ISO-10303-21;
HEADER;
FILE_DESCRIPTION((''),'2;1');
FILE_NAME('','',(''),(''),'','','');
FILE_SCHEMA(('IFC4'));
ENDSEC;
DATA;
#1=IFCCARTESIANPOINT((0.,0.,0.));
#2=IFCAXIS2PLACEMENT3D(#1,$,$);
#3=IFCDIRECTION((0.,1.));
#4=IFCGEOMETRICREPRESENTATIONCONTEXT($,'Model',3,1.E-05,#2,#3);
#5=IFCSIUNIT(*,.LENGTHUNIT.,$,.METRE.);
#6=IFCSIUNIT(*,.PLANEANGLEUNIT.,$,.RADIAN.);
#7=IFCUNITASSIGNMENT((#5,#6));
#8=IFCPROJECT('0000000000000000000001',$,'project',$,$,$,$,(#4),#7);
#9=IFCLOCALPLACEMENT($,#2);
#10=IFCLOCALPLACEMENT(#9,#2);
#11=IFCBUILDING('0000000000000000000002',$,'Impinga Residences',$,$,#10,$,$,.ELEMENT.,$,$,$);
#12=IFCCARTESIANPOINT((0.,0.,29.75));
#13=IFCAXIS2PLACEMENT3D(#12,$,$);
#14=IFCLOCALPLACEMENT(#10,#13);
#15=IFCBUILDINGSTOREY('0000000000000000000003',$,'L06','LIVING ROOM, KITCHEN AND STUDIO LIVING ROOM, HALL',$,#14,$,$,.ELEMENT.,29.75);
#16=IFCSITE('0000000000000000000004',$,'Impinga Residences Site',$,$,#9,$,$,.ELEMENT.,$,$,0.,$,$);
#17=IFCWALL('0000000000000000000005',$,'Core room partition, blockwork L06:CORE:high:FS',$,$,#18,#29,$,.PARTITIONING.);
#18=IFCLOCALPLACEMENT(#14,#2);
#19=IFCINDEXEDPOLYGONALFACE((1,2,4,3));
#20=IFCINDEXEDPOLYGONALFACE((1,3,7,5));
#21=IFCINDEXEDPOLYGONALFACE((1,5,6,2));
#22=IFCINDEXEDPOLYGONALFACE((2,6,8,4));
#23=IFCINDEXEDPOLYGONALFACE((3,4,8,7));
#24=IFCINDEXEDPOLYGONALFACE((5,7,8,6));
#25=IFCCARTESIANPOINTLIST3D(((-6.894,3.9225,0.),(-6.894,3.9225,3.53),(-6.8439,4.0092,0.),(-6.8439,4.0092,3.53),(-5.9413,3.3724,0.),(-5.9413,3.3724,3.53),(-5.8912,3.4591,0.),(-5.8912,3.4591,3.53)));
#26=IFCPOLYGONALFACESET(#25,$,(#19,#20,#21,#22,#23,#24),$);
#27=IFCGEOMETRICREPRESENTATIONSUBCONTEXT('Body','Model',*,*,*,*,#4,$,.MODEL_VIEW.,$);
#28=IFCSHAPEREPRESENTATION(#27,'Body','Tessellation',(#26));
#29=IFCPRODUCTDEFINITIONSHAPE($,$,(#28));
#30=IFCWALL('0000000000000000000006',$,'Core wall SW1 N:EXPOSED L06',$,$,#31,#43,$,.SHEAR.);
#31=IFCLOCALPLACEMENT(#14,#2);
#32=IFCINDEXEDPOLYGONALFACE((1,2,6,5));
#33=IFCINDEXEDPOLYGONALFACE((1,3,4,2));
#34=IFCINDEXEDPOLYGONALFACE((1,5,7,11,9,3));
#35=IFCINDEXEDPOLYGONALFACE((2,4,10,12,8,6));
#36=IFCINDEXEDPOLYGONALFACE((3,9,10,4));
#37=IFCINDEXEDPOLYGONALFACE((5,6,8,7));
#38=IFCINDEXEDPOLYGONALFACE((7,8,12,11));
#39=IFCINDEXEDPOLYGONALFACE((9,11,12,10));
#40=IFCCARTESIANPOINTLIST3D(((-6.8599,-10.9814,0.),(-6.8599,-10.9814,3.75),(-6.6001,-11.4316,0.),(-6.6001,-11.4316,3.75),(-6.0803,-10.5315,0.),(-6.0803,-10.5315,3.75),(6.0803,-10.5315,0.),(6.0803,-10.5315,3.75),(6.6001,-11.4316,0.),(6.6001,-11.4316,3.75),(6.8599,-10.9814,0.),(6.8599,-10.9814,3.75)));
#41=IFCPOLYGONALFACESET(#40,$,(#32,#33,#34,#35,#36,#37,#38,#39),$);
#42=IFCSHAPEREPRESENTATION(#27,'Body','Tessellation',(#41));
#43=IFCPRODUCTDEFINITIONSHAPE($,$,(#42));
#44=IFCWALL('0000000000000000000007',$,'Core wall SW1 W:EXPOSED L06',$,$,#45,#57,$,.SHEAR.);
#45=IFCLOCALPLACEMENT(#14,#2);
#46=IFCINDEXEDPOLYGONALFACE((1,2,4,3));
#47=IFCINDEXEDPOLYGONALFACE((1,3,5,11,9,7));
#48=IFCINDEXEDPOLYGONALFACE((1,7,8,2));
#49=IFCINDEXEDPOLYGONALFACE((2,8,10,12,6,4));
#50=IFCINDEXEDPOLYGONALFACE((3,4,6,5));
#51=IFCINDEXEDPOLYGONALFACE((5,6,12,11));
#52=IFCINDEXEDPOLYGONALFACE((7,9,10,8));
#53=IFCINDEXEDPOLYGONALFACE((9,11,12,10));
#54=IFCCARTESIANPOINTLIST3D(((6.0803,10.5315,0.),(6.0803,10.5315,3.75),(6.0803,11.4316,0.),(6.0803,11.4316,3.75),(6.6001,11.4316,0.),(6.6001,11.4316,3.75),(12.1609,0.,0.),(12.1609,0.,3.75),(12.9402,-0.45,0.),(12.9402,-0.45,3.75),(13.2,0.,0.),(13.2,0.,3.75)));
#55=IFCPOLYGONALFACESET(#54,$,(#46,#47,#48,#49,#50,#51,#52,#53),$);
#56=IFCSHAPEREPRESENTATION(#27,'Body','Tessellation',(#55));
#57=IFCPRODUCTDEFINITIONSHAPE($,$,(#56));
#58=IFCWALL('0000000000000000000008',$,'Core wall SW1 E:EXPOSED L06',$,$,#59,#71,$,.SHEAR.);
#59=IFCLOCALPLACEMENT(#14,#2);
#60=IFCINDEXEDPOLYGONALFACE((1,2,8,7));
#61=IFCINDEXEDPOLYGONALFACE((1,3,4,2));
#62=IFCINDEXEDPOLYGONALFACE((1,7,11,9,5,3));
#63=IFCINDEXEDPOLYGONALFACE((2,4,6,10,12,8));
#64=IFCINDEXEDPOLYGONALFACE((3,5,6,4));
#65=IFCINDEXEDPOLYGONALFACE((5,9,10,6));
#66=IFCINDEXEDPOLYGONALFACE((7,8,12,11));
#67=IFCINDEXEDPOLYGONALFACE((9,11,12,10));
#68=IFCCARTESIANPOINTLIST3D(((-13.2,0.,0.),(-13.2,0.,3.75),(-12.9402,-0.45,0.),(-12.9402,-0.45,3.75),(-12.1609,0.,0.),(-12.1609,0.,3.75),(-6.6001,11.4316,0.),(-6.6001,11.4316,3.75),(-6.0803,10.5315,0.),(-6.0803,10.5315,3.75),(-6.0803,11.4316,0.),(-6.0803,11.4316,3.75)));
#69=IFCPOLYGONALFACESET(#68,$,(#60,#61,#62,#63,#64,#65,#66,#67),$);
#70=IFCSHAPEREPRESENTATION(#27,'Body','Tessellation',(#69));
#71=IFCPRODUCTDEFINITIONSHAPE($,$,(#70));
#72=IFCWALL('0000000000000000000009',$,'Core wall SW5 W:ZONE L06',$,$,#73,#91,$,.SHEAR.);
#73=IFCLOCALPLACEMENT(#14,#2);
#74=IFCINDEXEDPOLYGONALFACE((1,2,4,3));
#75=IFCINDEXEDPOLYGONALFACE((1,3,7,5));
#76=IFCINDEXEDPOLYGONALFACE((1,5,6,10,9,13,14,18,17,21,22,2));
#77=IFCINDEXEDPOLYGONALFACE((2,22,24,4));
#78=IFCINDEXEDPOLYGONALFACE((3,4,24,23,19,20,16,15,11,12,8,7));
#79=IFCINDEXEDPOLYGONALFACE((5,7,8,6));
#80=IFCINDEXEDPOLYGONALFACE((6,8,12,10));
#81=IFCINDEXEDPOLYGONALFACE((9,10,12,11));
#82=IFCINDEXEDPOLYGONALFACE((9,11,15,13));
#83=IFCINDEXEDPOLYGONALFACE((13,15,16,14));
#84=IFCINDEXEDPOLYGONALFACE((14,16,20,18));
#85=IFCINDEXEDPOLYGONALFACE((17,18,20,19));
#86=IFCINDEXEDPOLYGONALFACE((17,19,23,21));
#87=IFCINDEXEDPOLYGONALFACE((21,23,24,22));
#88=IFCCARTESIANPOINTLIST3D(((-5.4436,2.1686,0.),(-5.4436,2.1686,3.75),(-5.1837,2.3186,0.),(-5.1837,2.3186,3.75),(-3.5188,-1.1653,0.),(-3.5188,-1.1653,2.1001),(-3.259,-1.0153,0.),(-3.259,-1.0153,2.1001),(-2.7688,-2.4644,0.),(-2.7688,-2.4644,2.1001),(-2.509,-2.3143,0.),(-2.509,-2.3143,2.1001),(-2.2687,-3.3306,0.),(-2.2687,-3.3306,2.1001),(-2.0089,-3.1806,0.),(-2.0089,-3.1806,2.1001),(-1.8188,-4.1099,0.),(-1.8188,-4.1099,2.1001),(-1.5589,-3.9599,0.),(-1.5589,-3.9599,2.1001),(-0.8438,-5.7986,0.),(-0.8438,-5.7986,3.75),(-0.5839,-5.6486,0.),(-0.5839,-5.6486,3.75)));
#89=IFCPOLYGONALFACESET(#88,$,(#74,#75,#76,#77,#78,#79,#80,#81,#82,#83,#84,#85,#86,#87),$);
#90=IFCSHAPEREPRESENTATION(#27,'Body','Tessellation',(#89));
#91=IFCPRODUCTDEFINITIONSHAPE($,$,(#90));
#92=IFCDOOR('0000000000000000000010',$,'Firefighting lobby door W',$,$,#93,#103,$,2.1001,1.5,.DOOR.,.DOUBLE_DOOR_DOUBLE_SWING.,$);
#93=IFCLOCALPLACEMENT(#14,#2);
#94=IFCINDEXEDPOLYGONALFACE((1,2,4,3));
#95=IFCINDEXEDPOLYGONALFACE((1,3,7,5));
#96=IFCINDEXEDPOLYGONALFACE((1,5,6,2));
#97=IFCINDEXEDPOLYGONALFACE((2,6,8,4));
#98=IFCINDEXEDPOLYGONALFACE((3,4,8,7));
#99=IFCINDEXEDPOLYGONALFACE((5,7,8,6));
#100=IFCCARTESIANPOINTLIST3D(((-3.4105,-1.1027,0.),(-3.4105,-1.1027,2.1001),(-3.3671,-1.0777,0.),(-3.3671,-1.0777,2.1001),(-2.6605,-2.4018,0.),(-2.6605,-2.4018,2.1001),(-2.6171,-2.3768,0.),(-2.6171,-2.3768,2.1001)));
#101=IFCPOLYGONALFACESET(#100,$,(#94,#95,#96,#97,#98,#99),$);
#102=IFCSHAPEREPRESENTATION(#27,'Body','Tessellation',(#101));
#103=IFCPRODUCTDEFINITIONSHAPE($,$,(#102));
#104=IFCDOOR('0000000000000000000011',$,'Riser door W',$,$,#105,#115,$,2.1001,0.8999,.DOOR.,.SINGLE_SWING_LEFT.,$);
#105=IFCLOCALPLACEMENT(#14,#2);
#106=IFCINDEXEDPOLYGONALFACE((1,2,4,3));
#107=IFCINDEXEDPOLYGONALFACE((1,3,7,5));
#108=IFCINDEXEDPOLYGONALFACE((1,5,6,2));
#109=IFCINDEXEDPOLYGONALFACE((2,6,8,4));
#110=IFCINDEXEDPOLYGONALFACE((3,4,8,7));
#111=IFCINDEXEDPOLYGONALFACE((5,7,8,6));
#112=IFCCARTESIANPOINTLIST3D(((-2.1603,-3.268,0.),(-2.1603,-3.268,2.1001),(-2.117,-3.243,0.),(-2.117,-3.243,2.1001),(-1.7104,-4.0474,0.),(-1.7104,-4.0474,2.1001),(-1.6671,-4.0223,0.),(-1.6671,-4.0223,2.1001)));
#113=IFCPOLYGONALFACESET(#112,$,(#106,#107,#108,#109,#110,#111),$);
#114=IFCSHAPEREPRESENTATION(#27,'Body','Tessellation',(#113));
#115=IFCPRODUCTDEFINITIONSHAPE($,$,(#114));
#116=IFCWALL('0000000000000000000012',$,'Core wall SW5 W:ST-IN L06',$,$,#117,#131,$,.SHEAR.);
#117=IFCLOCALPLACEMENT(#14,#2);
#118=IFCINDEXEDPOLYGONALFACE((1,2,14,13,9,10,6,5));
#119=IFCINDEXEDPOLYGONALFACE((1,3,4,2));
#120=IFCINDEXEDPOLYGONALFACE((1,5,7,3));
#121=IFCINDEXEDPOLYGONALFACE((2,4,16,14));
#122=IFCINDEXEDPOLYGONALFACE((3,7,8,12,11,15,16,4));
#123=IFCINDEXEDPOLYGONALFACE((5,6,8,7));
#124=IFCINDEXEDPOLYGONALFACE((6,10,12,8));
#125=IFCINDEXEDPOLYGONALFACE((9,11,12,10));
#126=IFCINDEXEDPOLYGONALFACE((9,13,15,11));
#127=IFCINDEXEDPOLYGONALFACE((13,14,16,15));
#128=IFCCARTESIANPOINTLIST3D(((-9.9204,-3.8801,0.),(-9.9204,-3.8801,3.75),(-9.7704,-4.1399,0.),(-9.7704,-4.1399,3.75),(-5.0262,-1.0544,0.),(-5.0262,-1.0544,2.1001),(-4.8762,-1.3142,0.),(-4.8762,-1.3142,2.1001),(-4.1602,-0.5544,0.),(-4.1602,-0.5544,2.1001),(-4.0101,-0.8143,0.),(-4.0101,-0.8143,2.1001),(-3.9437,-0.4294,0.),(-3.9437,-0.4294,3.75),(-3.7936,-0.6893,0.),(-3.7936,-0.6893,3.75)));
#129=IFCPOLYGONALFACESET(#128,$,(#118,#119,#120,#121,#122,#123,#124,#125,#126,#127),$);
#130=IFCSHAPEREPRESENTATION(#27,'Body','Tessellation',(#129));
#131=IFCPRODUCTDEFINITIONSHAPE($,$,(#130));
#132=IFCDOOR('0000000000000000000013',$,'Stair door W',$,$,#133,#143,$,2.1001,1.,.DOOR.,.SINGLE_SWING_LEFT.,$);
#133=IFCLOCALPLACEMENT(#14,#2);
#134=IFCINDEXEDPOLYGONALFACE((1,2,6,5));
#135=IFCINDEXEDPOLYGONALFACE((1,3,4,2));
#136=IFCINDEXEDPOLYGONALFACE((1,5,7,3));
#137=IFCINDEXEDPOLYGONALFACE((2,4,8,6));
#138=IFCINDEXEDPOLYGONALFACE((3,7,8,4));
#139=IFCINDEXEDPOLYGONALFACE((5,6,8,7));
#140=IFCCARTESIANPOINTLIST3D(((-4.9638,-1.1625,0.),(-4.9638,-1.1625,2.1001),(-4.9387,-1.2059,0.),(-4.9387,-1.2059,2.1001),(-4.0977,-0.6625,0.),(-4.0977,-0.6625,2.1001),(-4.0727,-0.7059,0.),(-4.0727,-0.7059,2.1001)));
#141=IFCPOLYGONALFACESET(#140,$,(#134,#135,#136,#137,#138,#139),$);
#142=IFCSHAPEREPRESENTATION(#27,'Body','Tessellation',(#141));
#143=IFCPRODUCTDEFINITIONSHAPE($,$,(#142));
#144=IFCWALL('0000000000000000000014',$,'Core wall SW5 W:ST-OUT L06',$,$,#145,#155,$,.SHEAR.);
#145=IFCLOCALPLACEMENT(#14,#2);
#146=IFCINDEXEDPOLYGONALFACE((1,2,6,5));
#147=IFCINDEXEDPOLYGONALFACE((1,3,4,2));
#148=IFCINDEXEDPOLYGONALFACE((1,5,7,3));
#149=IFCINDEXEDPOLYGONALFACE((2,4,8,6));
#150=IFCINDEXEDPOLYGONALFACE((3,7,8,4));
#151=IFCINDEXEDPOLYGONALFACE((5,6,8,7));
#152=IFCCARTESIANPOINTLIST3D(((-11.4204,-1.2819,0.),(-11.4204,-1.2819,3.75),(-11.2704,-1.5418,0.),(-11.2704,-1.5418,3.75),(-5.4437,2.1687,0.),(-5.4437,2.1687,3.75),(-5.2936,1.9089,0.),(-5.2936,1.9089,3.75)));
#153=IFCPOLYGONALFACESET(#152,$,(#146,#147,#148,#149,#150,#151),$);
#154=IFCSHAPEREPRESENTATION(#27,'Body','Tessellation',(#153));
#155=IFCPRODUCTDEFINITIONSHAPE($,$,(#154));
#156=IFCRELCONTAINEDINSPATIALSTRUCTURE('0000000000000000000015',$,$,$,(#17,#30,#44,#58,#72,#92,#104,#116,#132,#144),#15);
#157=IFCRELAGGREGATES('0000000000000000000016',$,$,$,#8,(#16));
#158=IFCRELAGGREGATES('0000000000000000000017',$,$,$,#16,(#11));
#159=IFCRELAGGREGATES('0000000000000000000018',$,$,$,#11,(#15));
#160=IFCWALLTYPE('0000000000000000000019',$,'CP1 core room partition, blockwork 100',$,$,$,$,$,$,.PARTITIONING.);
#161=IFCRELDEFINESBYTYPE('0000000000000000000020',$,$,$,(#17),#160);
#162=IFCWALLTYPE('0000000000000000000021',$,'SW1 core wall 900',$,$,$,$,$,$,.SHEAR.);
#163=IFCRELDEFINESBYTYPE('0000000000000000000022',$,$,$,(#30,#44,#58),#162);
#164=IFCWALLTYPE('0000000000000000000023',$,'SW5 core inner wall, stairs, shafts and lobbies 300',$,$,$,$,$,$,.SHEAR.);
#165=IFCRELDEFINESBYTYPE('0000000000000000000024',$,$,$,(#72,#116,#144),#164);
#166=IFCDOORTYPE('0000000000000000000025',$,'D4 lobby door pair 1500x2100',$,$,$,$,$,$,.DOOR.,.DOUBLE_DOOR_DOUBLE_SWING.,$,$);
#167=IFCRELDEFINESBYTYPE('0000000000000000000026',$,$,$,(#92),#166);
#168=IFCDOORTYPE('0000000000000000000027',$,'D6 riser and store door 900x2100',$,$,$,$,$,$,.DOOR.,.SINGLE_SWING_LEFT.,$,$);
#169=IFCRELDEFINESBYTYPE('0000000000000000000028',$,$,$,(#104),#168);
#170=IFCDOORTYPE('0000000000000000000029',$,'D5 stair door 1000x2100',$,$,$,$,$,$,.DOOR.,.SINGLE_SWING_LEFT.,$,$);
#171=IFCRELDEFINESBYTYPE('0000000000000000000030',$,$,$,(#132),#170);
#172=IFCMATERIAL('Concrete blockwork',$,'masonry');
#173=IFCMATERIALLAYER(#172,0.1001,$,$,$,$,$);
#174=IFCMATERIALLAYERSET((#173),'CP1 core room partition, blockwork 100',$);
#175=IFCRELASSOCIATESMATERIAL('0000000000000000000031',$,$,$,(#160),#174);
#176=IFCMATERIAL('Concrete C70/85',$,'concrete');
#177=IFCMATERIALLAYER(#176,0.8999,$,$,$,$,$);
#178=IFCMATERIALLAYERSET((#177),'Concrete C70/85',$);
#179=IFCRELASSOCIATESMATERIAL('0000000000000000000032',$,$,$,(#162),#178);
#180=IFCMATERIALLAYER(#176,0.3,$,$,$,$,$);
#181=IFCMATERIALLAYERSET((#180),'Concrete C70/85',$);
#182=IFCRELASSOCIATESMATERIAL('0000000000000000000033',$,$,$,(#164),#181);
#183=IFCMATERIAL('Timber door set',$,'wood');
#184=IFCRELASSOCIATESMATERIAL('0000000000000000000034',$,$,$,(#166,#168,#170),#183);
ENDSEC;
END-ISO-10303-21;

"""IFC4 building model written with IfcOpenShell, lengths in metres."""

from ifc_helpers import new_model, si_unit, direction, frame, frame_2d, origin, place, context, subcontext, project, spatial, polyline, rectangle, outline, extrude, material, layer, layer_set, type_object, element, fill, save


model = new_model("IFC4")

# Units and contexts
model_context = context("Model", 3, precision=1e-05, world=origin(), true_north=direction((0.0, 1.0)))
body_context = subcontext(model_context, "Body", "Model", "MODEL_VIEW")
ifc_project = project(units=[si_unit("LENGTHUNIT", "METRE"), si_unit("PLANEANGLEUNIT", "RADIAN")], contexts=[model_context])

# Site, building, storey
site_placement = place(None, origin())
site = spatial("IfcSite", under=ifc_project, at=site_placement, Name="Impinga Residences Site", CompositionType="ELEMENT", RefElevation=0.0)
building_placement = place(site_placement, origin())
building = spatial("IfcBuilding", under=site, at=building_placement, Name="Impinga Residences", CompositionType="ELEMENT")
storey_placement = place(building_placement, frame((0.0, 0.0, 29.75)))
storey = spatial("IfcBuildingStorey", under=building, at=storey_placement, Name="L06", Description="LIVING ROOM, KITCHEN AND STUDIO LIVING ROOM, HALL", CompositionType="ELEMENT", Elevation=29.75)

# Walls
ifc_material_1 = material(Name="Concrete blockwork", Category="masonry")
ifc_layer_1 = layer(ifc_material_1, 0.1001)
ifc_layer_set_1 = layer_set([ifc_layer_1], Name="CP1 core room partition, blockwork 100")
wall_type_1 = type_object("IfcWallType", Name="CP1 core room partition, blockwork 100", PredefinedType="PARTITIONING", material=ifc_layer_set_1)
wall_1_placement = place(storey_placement, frame((-5.9163, 3.4158, 0.0), z_axis=(0.0, 0.0, 1.0), x_axis=(-0.866008, 0.50003, 0.0)))
element("IfcWall", 1, at=wall_1_placement, inside=storey, type_object=wall_type_1, Name="Core room partition, blockwork L06:CORE:high:FS", PredefinedType="PARTITIONING", context=body_context, shape_type="SweptSolid", body=[
    extrude(rectangle(XDim=1.1001, YDim=0.1001, at=frame_2d((0.55, 0.0))), origin(), (0.0, 0.0, 1.0), 3.53),
])
ifc_material_2 = material(Name="Concrete C70/85", Category="concrete")
ifc_layer_2 = layer(ifc_material_2, 0.8999)
ifc_layer_set_2 = layer_set([ifc_layer_2], Name="Concrete C70/85")
wall_type_2 = type_object("IfcWallType", Name="SW1 core wall 900", PredefinedType="SHEAR", material=ifc_layer_set_2)
wall_2_placement = place(storey_placement, origin())
element("IfcWall", 2, at=wall_2_placement, inside=storey, type_object=wall_type_2, Name="Core wall SW1 N:EXPOSED L06", PredefinedType="SHEAR", context=body_context, shape_type="SweptSolid", body=[
    extrude(outline(polyline([(-6.6001, -11.4316), (6.6001, -11.4316), (6.8599, -10.9814), (6.0803, -10.5315), (-6.0803, -10.5315), (-6.8599, -10.9814), (-6.6001, -11.4316)])), origin(), (0.0, 0.0, 1.0), 3.75),
])
wall_3_placement = place(storey_placement, origin())
element("IfcWall", 3, at=wall_3_placement, inside=storey, type_object=wall_type_2, Name="Core wall SW1 W:EXPOSED L06", PredefinedType="SHEAR", context=body_context, shape_type="SweptSolid", body=[
    extrude(outline(polyline([(13.2, 0.0), (6.6001, 11.4316), (6.0803, 11.4316), (6.0803, 10.5315), (12.1609, 0.0), (12.9402, -0.45), (13.2, 0.0)])), origin(), (0.0, 0.0, 1.0), 3.75),
])
wall_4_placement = place(storey_placement, origin())
element("IfcWall", 4, at=wall_4_placement, inside=storey, type_object=wall_type_2, Name="Core wall SW1 E:EXPOSED L06", PredefinedType="SHEAR", context=body_context, shape_type="SweptSolid", body=[
    extrude(outline(polyline([(-6.6001, 11.4316), (-13.2, 0.0), (-12.9402, -0.45), (-12.1609, 0.0), (-6.0803, 10.5315), (-6.0803, 11.4316), (-6.6001, 11.4316)])), origin(), (0.0, 0.0, 1.0), 3.75),
])

# Wall, openings, doors
ifc_layer_3 = layer(ifc_material_2, 0.3)
ifc_layer_set_3 = layer_set([ifc_layer_3], Name="Concrete C70/85")
wall_type_3 = type_object("IfcWallType", Name="SW5 core inner wall, stairs, shafts and lobbies 300", PredefinedType="SHEAR", material=ifc_layer_set_3)
wall_5_placement = place(storey_placement, frame((-0.7139, -5.7236, 0.0), z_axis=(0.0, 0.0, 1.0), x_axis=(-0.499995, 0.866028, 0.0)))
wall_5 = element("IfcWall", 5, at=wall_5_placement, inside=storey, type_object=wall_type_3, Name="Core wall SW5 W:ZONE L06", PredefinedType="SHEAR", context=body_context, shape_type="SweptSolid", body=[
    extrude(rectangle(XDim=9.1997, YDim=0.3, at=frame_2d((4.5999, 0.0))), origin(), (0.0, 0.0, 1.0), 3.75),
])
opening_1_placement = place(wall_5_placement, frame((3.8501, 0.0, 0.0)))
opening_1 = element("IfcOpeningElement", 6, at=opening_1_placement, cuts=wall_5, PredefinedType="OPENING", context=body_context, shape_type="SweptSolid", body=[
    extrude(rectangle(XDim=1.5, YDim=2.1001, at=frame_2d((0.75, 1.05))), frame((0.0, 0.1599, 0.0), z_axis=(0.0, -1.0, 0.0), x_axis=(1.0, 0.0, 0.0)), (0.0, 0.0, 1.0), 0.3201),
])
opening_2_placement = place(wall_5_placement, frame((1.95, 0.0, 0.0)))
opening_2 = element("IfcOpeningElement", 7, at=opening_2_placement, cuts=wall_5, PredefinedType="OPENING", context=body_context, shape_type="SweptSolid", body=[
    extrude(rectangle(XDim=0.8999, YDim=2.1001, at=frame_2d((0.45, 1.05))), frame((0.0, 0.1599, 0.0), z_axis=(0.0, -1.0, 0.0), x_axis=(1.0, 0.0, 0.0)), (0.0, 0.0, 1.0), 0.3201),
])
ifc_material_3 = material(Name="Timber door set", Category="wood")
door_type_1 = type_object("IfcDoorType", Name="D4 lobby door pair 1500x2100", OperationType="DOUBLE_DOOR_DOUBLE_SWING", PredefinedType="DOOR", material=ifc_material_3)
door_1_placement = place(opening_1_placement, origin())
door_1 = element("IfcDoor", 8, at=door_1_placement, inside=storey, type_object=door_type_1, Name="Firefighting lobby door W", OperationType="DOUBLE_DOOR_DOUBLE_SWING", OverallHeight=2.1001, OverallWidth=1.5, PredefinedType="DOOR", context=body_context, shape_type="SweptSolid", body=[
    extrude(rectangle(XDim=1.5, YDim=2.1001, at=frame_2d((0.75, 1.05))), frame((0.0, 0.0249, 0.0), z_axis=(0.0, -1.0, 0.0), x_axis=(1.0, 0.0, 0.0)), (0.0, 0.0, 1.0), 0.05),
])
fill(opening_1, door_1)
door_type_2 = type_object("IfcDoorType", Name="D6 riser and store door 900x2100", OperationType="SINGLE_SWING_LEFT", PredefinedType="DOOR", material=ifc_material_3)
door_2_placement = place(opening_2_placement, origin())
door_2 = element("IfcDoor", 9, at=door_2_placement, inside=storey, type_object=door_type_2, Name="Riser door W", OperationType="SINGLE_SWING_LEFT", OverallHeight=2.1001, OverallWidth=0.8999, PredefinedType="DOOR", context=body_context, shape_type="SweptSolid", body=[
    extrude(rectangle(XDim=0.8999, YDim=2.1001, at=frame_2d((0.45, 1.05))), frame((0.0, 0.0249, 0.0), z_axis=(0.0, -1.0, 0.0), x_axis=(1.0, 0.0, 0.0)), (0.0, 0.0, 1.0), 0.05),
])
fill(opening_2, door_2)

# Wall, opening, door
wall_6_placement = place(storey_placement, frame((-3.8687, -0.5593, 0.0), z_axis=(0.0, 0.0, 1.0), x_axis=(-0.866027, -0.499997, 0.0)))
wall_6 = element("IfcWall", 10, at=wall_6_placement, inside=storey, type_object=wall_type_3, Name="Core wall SW5 W:ST-IN L06", PredefinedType="SHEAR", context=body_context, shape_type="SweptSolid", body=[
    extrude(rectangle(XDim=6.9014, YDim=0.3, at=frame_2d((3.4507, 0.0))), origin(), (0.0, 0.0, 1.0), 3.75),
])
opening_3_placement = place(wall_6_placement, frame((0.25, 0.0, 0.0)))
opening_3 = element("IfcOpeningElement", 11, at=opening_3_placement, cuts=wall_6, PredefinedType="OPENING", context=body_context, shape_type="SweptSolid", body=[
    extrude(rectangle(XDim=1.0, YDim=2.1001, at=frame_2d((0.5, 1.05))), frame((0.0, 0.1599, 0.0), z_axis=(0.0, -1.0, 0.0), x_axis=(1.0, 0.0, 0.0)), (0.0, 0.0, 1.0), 0.3201),
])
door_type_3 = type_object("IfcDoorType", Name="D5 stair door 1000x2100", OperationType="SINGLE_SWING_LEFT", PredefinedType="DOOR", material=ifc_material_3)
door_3_placement = place(opening_3_placement, origin())
door_3 = element("IfcDoor", 12, at=door_3_placement, inside=storey, type_object=door_type_3, Name="Stair door W", OperationType="SINGLE_SWING_LEFT", OverallHeight=2.1001, OverallWidth=1.0, PredefinedType="DOOR", context=body_context, shape_type="SweptSolid", body=[
    extrude(rectangle(XDim=1.0, YDim=2.1001, at=frame_2d((0.5, 1.05))), frame((0.0, 0.0249, 0.0), z_axis=(0.0, -1.0, 0.0), x_axis=(1.0, 0.0, 0.0)), (0.0, 0.0, 1.0), 0.05),
])
fill(opening_3, door_3)

# Wall
wall_7_placement = place(storey_placement, frame((-5.3687, 2.0388, 0.0), z_axis=(0.0, 0.0, 1.0), x_axis=(-0.866027, -0.499997, 0.0)))
element("IfcWall", 13, at=wall_7_placement, inside=storey, type_object=wall_type_3, Name="Core wall SW5 W:ST-OUT L06", PredefinedType="SHEAR", context=body_context, shape_type="SweptSolid", body=[
    extrude(rectangle(XDim=6.9014, YDim=0.3, at=frame_2d((3.4507, 0.0))), origin(), (0.0, 0.0, 1.0), 3.75),
])

save(model, "model.ifc")
